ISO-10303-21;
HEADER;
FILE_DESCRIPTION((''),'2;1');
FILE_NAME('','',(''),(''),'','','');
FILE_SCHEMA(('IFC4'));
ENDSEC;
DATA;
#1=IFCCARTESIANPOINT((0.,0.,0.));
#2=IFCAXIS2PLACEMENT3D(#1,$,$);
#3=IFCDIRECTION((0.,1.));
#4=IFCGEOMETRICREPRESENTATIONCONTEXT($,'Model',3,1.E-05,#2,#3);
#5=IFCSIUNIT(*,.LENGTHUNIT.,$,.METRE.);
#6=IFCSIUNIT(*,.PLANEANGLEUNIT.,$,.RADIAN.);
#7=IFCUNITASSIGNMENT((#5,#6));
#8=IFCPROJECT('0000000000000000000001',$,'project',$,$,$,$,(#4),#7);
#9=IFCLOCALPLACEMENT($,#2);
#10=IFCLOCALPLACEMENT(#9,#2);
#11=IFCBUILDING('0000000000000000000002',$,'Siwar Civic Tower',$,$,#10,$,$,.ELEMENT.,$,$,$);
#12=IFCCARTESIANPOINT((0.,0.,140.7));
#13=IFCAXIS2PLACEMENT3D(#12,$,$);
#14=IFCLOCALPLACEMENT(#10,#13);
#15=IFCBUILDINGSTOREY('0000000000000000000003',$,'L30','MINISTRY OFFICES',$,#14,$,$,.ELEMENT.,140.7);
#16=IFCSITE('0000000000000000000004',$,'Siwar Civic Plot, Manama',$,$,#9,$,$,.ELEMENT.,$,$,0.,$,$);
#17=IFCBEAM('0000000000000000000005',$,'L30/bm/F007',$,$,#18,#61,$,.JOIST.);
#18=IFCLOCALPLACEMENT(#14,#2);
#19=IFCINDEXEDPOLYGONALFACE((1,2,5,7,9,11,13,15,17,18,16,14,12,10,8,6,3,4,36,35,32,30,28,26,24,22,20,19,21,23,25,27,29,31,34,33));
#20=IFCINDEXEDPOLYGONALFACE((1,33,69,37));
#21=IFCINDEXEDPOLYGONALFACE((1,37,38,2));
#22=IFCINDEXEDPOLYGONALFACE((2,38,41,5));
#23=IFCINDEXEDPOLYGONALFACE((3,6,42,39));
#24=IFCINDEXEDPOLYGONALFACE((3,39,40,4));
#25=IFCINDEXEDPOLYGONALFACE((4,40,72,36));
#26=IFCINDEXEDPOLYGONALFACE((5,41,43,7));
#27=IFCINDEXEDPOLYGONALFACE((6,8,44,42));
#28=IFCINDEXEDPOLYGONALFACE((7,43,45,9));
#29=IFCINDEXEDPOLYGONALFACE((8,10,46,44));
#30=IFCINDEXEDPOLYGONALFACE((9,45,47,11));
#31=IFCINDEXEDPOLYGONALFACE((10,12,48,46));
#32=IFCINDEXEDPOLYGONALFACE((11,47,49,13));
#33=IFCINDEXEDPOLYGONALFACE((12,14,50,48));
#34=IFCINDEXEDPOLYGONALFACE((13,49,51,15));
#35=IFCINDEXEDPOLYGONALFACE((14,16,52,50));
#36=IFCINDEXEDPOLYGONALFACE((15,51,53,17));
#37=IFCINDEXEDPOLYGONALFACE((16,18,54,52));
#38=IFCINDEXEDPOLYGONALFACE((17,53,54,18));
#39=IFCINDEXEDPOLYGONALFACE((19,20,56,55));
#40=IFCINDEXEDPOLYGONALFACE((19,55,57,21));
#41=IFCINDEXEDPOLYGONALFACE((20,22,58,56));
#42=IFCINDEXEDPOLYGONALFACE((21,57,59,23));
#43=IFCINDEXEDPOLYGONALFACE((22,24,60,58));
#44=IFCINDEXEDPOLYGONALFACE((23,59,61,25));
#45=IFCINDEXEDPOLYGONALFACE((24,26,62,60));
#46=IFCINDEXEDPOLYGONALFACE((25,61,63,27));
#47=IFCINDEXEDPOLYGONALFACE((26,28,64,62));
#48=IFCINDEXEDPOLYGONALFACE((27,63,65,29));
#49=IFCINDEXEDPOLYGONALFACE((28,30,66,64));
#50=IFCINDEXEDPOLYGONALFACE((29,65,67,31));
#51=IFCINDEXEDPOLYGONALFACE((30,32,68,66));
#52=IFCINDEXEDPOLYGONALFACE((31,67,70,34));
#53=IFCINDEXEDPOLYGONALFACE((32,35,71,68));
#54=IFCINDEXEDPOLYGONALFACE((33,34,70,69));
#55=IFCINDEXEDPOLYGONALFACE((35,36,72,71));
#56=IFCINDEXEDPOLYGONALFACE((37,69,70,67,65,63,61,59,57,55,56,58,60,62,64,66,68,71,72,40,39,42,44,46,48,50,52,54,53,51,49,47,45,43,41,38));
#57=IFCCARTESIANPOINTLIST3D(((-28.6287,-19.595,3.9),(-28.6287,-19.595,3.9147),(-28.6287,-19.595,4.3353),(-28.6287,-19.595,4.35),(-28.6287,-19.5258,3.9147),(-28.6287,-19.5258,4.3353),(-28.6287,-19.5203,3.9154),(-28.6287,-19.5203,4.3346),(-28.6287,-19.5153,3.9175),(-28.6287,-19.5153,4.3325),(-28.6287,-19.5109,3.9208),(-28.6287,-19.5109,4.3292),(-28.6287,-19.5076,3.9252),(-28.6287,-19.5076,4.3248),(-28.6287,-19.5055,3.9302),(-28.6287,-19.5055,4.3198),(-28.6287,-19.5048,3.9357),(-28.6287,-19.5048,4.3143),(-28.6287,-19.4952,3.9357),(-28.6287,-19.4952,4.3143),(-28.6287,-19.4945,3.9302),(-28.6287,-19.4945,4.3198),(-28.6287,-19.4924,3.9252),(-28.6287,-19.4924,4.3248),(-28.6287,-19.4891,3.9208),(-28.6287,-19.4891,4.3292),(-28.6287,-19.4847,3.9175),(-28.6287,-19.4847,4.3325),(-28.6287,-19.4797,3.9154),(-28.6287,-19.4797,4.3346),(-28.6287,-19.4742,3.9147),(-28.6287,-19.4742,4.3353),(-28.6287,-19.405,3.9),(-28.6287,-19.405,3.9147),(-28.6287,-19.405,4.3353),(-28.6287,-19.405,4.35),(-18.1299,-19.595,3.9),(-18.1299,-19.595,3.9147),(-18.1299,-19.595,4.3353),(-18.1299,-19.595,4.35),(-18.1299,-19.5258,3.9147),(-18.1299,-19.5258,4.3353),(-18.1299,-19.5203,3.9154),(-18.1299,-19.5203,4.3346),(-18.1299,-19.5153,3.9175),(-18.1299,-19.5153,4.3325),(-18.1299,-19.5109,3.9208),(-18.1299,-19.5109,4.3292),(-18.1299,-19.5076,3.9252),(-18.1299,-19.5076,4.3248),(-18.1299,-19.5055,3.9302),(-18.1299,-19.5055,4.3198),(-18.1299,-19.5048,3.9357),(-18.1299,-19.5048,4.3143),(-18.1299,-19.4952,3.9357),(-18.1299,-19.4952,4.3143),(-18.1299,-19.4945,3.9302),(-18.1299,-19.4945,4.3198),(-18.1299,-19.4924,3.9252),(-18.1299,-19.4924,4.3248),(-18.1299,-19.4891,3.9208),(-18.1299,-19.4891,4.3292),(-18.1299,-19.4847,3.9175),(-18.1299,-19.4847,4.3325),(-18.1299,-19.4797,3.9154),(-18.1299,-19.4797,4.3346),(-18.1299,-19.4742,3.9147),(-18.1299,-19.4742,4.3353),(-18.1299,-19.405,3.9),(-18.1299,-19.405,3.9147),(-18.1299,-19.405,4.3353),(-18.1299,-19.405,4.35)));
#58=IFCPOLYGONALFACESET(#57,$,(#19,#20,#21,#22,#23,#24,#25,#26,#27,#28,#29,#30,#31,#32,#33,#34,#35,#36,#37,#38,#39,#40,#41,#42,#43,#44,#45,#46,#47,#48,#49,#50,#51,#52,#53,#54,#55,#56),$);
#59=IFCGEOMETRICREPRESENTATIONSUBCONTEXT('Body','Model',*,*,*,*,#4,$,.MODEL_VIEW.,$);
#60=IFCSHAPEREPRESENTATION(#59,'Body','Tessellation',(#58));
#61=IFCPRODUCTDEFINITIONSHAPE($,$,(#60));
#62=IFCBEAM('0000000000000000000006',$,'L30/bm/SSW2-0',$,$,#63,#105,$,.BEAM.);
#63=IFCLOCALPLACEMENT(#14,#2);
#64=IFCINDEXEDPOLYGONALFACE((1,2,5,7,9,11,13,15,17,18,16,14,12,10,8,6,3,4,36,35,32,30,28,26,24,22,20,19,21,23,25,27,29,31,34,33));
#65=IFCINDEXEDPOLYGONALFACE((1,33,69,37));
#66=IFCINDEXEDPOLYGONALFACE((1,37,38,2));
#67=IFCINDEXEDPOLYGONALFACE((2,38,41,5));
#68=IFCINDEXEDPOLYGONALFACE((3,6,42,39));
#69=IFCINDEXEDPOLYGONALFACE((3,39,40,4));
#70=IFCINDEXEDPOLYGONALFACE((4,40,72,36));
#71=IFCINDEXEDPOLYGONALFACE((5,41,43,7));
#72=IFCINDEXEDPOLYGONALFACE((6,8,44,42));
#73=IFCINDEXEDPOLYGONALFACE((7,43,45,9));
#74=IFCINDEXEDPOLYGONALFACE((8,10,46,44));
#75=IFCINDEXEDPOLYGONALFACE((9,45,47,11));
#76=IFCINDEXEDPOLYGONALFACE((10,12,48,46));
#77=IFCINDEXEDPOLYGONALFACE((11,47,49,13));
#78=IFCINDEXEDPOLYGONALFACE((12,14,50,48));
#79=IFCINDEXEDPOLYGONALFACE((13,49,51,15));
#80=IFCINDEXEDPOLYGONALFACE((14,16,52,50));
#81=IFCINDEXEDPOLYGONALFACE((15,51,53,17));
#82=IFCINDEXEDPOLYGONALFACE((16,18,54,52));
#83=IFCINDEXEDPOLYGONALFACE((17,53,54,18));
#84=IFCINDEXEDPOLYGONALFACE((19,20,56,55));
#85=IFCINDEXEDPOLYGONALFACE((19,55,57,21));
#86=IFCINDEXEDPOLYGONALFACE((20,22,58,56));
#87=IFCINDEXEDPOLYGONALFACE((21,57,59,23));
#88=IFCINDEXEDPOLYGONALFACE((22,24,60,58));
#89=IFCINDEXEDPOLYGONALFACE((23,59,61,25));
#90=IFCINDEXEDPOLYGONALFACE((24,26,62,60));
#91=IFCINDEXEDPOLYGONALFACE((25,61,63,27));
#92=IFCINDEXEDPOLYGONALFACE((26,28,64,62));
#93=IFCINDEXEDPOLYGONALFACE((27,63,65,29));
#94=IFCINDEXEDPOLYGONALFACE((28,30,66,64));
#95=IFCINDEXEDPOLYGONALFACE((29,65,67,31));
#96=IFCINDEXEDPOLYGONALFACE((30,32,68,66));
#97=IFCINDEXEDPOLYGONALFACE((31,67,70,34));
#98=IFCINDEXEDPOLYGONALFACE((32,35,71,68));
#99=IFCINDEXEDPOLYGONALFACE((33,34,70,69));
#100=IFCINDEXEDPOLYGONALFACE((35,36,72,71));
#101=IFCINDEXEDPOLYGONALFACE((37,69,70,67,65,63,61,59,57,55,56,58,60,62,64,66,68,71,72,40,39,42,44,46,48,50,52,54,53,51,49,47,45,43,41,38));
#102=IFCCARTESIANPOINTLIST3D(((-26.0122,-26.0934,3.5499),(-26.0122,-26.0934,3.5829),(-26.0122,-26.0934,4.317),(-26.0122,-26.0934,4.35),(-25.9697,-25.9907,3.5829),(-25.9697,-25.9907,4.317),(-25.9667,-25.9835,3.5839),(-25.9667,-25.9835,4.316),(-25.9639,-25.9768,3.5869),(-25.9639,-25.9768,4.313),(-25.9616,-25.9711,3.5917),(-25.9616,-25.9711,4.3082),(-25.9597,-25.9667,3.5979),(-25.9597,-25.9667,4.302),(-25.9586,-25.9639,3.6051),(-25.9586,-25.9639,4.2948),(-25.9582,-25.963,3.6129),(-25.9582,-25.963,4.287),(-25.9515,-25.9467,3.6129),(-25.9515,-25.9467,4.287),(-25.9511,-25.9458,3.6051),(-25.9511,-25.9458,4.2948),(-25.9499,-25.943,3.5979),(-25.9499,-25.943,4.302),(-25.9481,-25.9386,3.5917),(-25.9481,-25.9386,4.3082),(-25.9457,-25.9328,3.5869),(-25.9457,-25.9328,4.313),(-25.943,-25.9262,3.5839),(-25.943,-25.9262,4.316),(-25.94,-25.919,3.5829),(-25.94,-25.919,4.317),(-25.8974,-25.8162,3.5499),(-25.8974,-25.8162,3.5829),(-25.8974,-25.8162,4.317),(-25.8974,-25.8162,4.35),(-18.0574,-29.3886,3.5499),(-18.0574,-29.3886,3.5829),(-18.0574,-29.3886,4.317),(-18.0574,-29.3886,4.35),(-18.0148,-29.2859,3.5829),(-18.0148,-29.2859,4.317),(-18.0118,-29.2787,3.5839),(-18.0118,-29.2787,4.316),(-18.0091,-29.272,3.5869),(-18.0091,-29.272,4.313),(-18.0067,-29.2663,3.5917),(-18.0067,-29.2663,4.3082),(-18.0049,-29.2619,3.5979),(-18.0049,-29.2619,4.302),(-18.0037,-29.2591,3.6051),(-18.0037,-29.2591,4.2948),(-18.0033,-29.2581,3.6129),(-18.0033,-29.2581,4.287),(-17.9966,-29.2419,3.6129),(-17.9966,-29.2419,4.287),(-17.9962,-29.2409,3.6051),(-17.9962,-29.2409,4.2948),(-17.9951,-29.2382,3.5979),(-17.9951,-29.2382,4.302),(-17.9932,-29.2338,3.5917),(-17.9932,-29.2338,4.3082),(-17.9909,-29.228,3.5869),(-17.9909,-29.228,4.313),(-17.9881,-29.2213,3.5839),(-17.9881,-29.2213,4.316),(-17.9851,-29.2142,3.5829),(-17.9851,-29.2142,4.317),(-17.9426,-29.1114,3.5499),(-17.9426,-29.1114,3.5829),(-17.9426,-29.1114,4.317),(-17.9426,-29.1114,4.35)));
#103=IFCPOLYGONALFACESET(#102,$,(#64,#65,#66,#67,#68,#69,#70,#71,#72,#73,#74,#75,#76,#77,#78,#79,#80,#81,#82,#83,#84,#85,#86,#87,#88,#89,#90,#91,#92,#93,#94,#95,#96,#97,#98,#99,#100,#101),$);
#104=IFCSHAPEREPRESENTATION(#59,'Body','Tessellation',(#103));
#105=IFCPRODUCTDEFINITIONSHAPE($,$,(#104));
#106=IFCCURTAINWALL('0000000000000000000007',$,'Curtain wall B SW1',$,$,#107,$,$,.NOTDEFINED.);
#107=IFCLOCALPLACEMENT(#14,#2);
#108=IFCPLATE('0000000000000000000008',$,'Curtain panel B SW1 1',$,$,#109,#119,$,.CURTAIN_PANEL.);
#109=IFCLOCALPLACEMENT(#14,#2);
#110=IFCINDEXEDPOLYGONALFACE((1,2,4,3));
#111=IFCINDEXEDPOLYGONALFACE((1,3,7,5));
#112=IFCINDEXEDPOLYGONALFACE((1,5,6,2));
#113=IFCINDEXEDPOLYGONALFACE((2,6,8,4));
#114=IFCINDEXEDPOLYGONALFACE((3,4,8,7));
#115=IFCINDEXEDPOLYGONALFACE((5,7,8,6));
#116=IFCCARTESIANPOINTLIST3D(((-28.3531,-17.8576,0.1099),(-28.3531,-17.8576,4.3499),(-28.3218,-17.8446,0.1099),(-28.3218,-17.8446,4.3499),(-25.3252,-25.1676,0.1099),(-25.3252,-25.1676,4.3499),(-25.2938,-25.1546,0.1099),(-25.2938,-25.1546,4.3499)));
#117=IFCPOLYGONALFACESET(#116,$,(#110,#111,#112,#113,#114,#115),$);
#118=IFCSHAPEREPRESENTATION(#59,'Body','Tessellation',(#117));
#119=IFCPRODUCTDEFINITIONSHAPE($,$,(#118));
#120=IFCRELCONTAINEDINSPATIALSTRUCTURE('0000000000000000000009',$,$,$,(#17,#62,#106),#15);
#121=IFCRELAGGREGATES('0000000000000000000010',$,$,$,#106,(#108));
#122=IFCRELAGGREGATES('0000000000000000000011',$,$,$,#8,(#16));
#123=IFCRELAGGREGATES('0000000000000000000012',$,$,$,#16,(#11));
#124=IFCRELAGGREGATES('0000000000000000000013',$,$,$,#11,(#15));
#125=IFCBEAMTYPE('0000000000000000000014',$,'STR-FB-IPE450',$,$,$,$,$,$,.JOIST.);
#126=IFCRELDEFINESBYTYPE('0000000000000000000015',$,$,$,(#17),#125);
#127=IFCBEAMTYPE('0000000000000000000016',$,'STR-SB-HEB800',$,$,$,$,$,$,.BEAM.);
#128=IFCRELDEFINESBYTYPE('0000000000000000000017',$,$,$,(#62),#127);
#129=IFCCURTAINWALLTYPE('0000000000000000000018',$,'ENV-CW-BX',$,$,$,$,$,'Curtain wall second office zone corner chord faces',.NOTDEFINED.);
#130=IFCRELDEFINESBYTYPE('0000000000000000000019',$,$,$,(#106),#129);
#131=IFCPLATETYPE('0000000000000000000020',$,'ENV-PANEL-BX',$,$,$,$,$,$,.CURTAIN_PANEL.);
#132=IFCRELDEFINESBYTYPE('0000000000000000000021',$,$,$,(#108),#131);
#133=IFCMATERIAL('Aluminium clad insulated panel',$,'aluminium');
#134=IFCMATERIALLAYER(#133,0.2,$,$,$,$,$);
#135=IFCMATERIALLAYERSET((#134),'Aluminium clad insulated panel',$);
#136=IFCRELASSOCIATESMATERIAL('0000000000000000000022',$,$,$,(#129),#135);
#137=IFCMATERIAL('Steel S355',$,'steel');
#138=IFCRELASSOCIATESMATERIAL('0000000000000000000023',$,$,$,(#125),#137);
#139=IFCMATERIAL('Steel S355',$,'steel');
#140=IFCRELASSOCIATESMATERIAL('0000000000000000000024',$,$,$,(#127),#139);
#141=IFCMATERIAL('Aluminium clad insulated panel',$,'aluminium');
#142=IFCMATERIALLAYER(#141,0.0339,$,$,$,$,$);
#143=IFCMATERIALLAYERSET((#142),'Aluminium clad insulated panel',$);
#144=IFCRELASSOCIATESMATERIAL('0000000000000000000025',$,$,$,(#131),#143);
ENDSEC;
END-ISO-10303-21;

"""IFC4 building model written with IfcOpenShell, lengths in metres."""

from ifc_helpers import new_model, si_unit, direction, frame, origin, origin_2d, place, context, subcontext, project, spatial, rectangle, i_section, extrude, material, layer, layer_set, material_profile, profile_set, type_object, element, aggregate, save


model = new_model("IFC4")

# Units and contexts
model_context = context("Model", 3, precision=1e-05, world=origin(), true_north=direction((0.0, 1.0)))
body_context = subcontext(model_context, "Body", "Model", "MODEL_VIEW")
ifc_project = project(units=[si_unit("LENGTHUNIT", "METRE"), si_unit("PLANEANGLEUNIT", "RADIAN")], contexts=[model_context])

# Site, building, storey
site_placement = place(None, origin())
site = spatial("IfcSite", under=ifc_project, at=site_placement, Name="Siwar Civic Plot, Manama", CompositionType="ELEMENT", RefElevation=0.0)
building_placement = place(site_placement, origin())
building = spatial("IfcBuilding", under=site, at=building_placement, Name="Siwar Civic Tower", CompositionType="ELEMENT")
storey_placement = place(building_placement, frame((0.0, 0.0, 140.7)))
storey = spatial("IfcBuildingStorey", under=building, at=storey_placement, Name="L30", Description="MINISTRY OFFICES", CompositionType="ELEMENT", Elevation=140.7)

# Shared definitions
ifc_material_1 = material(Name="Aluminium clad insulated panel", Category="aluminium")
ifc_layer_1 = layer(ifc_material_1, 0.2)
ifc_layer_set_1 = layer_set([ifc_layer_1], Name="Aluminium clad insulated panel")
curtain_wall_type = type_object("IfcCurtainWallType", Name="ENV-CW-BX", ElementType="Curtain wall second office zone corner chord faces", PredefinedType="NOTDEFINED", material=ifc_layer_set_1)

# Beams
ifc_material_2 = material(Name="Steel S355", Category="steel")
ifc_material_profile_1 = material_profile(ifc_material_2, i_section(OverallWidth=0.1899, OverallDepth=0.45, WebThickness=0.0095, FlangeThickness=0.0146, FilletRadius=0.021, at=origin_2d()), Name="IPE450")
ifc_profile_set_1 = profile_set([ifc_material_profile_1], Name="Steel S355")
beam_type_1 = type_object("IfcBeamType", Name="STR-FB-IPE450", PredefinedType="JOIST", material=ifc_profile_set_1)
beam_1_placement = place(storey_placement, frame((-28.6287, -19.5, 4.125), z_axis=(1.0, 0.0, 0.0), x_axis=(0.0, 1.0, 0.0)))
element("IfcBeam", 1, at=beam_1_placement, inside=storey, type_object=beam_type_1, Name="L30/bm/F007", PredefinedType="JOIST", context=body_context, shape_type="SweptSolid", body=[
    extrude(i_section(OverallWidth=0.1899, OverallDepth=0.45, WebThickness=0.0095, FlangeThickness=0.0146, FilletRadius=0.021, at=origin_2d()), origin(), (0.0, 0.0, 1.0), 10.4988),
])
ifc_material_3 = material(Name="Steel S355", Category="steel")
ifc_material_profile_2 = material_profile(ifc_material_3, i_section(OverallWidth=0.3, OverallDepth=0.8, WebThickness=0.0176, FlangeThickness=0.033, FilletRadius=0.03, at=origin_2d()), Name="HEB800")
ifc_profile_set_2 = profile_set([ifc_material_profile_2], Name="Steel S355")
beam_type_2 = type_object("IfcBeamType", Name="STR-SB-HEB800", PredefinedType="BEAM", material=ifc_profile_set_2)
beam_2_placement = place(storey_placement, frame((-25.9548, -25.9548, 3.95), z_axis=(0.923873, -0.3827, 0.0), x_axis=(0.3827, 0.923873, 0.0)))
element("IfcBeam", 2, at=beam_2_placement, inside=storey, type_object=beam_type_2, Name="L30/bm/SSW2-0", PredefinedType="BEAM", context=body_context, shape_type="SweptSolid", body=[
    extrude(i_section(OverallWidth=0.3, OverallDepth=0.8, WebThickness=0.0176, FlangeThickness=0.033, FilletRadius=0.03, at=origin_2d()), origin(), (0.0, 0.0, 1.0), 8.6104),
])

# Curtain wall, plate
curtain_wall_1_placement = place(storey_placement, origin())
curtain_wall_1 = element("IfcCurtainWall", 3, at=curtain_wall_1_placement, inside=storey, type_object=curtain_wall_type, Name="Curtain wall B SW1", PredefinedType="NOTDEFINED")
ifc_material_4 = material(Name="Aluminium clad insulated panel", Category="aluminium")
ifc_layer_2 = layer(ifc_material_4, 0.0339)
ifc_layer_set_2 = layer_set([ifc_layer_2], Name="Aluminium clad insulated panel")
plate_type = type_object("IfcPlateType", Name="ENV-PANEL-BX", PredefinedType="CURTAIN_PANEL", material=ifc_layer_set_2)
plate_placement = place(storey_placement, frame((-26.8235, -21.5061, 0.1099), z_axis=(0.0, 0.0, 1.0), x_axis=(0.382683, -0.92388, 0.0)))
plate = element("IfcPlate", 4, at=plate_placement, type_object=plate_type, Name="Curtain panel B SW1 1", PredefinedType="CURTAIN_PANEL", context=body_context, shape_type="SweptSolid", body=[
    extrude(rectangle(XDim=7.9124, YDim=0.0339, at=origin_2d()), origin(), (0.0, 0.0, 1.0), 4.24),
])
aggregate(curtain_wall_1, [plate])

save(model, "model.ifc")
